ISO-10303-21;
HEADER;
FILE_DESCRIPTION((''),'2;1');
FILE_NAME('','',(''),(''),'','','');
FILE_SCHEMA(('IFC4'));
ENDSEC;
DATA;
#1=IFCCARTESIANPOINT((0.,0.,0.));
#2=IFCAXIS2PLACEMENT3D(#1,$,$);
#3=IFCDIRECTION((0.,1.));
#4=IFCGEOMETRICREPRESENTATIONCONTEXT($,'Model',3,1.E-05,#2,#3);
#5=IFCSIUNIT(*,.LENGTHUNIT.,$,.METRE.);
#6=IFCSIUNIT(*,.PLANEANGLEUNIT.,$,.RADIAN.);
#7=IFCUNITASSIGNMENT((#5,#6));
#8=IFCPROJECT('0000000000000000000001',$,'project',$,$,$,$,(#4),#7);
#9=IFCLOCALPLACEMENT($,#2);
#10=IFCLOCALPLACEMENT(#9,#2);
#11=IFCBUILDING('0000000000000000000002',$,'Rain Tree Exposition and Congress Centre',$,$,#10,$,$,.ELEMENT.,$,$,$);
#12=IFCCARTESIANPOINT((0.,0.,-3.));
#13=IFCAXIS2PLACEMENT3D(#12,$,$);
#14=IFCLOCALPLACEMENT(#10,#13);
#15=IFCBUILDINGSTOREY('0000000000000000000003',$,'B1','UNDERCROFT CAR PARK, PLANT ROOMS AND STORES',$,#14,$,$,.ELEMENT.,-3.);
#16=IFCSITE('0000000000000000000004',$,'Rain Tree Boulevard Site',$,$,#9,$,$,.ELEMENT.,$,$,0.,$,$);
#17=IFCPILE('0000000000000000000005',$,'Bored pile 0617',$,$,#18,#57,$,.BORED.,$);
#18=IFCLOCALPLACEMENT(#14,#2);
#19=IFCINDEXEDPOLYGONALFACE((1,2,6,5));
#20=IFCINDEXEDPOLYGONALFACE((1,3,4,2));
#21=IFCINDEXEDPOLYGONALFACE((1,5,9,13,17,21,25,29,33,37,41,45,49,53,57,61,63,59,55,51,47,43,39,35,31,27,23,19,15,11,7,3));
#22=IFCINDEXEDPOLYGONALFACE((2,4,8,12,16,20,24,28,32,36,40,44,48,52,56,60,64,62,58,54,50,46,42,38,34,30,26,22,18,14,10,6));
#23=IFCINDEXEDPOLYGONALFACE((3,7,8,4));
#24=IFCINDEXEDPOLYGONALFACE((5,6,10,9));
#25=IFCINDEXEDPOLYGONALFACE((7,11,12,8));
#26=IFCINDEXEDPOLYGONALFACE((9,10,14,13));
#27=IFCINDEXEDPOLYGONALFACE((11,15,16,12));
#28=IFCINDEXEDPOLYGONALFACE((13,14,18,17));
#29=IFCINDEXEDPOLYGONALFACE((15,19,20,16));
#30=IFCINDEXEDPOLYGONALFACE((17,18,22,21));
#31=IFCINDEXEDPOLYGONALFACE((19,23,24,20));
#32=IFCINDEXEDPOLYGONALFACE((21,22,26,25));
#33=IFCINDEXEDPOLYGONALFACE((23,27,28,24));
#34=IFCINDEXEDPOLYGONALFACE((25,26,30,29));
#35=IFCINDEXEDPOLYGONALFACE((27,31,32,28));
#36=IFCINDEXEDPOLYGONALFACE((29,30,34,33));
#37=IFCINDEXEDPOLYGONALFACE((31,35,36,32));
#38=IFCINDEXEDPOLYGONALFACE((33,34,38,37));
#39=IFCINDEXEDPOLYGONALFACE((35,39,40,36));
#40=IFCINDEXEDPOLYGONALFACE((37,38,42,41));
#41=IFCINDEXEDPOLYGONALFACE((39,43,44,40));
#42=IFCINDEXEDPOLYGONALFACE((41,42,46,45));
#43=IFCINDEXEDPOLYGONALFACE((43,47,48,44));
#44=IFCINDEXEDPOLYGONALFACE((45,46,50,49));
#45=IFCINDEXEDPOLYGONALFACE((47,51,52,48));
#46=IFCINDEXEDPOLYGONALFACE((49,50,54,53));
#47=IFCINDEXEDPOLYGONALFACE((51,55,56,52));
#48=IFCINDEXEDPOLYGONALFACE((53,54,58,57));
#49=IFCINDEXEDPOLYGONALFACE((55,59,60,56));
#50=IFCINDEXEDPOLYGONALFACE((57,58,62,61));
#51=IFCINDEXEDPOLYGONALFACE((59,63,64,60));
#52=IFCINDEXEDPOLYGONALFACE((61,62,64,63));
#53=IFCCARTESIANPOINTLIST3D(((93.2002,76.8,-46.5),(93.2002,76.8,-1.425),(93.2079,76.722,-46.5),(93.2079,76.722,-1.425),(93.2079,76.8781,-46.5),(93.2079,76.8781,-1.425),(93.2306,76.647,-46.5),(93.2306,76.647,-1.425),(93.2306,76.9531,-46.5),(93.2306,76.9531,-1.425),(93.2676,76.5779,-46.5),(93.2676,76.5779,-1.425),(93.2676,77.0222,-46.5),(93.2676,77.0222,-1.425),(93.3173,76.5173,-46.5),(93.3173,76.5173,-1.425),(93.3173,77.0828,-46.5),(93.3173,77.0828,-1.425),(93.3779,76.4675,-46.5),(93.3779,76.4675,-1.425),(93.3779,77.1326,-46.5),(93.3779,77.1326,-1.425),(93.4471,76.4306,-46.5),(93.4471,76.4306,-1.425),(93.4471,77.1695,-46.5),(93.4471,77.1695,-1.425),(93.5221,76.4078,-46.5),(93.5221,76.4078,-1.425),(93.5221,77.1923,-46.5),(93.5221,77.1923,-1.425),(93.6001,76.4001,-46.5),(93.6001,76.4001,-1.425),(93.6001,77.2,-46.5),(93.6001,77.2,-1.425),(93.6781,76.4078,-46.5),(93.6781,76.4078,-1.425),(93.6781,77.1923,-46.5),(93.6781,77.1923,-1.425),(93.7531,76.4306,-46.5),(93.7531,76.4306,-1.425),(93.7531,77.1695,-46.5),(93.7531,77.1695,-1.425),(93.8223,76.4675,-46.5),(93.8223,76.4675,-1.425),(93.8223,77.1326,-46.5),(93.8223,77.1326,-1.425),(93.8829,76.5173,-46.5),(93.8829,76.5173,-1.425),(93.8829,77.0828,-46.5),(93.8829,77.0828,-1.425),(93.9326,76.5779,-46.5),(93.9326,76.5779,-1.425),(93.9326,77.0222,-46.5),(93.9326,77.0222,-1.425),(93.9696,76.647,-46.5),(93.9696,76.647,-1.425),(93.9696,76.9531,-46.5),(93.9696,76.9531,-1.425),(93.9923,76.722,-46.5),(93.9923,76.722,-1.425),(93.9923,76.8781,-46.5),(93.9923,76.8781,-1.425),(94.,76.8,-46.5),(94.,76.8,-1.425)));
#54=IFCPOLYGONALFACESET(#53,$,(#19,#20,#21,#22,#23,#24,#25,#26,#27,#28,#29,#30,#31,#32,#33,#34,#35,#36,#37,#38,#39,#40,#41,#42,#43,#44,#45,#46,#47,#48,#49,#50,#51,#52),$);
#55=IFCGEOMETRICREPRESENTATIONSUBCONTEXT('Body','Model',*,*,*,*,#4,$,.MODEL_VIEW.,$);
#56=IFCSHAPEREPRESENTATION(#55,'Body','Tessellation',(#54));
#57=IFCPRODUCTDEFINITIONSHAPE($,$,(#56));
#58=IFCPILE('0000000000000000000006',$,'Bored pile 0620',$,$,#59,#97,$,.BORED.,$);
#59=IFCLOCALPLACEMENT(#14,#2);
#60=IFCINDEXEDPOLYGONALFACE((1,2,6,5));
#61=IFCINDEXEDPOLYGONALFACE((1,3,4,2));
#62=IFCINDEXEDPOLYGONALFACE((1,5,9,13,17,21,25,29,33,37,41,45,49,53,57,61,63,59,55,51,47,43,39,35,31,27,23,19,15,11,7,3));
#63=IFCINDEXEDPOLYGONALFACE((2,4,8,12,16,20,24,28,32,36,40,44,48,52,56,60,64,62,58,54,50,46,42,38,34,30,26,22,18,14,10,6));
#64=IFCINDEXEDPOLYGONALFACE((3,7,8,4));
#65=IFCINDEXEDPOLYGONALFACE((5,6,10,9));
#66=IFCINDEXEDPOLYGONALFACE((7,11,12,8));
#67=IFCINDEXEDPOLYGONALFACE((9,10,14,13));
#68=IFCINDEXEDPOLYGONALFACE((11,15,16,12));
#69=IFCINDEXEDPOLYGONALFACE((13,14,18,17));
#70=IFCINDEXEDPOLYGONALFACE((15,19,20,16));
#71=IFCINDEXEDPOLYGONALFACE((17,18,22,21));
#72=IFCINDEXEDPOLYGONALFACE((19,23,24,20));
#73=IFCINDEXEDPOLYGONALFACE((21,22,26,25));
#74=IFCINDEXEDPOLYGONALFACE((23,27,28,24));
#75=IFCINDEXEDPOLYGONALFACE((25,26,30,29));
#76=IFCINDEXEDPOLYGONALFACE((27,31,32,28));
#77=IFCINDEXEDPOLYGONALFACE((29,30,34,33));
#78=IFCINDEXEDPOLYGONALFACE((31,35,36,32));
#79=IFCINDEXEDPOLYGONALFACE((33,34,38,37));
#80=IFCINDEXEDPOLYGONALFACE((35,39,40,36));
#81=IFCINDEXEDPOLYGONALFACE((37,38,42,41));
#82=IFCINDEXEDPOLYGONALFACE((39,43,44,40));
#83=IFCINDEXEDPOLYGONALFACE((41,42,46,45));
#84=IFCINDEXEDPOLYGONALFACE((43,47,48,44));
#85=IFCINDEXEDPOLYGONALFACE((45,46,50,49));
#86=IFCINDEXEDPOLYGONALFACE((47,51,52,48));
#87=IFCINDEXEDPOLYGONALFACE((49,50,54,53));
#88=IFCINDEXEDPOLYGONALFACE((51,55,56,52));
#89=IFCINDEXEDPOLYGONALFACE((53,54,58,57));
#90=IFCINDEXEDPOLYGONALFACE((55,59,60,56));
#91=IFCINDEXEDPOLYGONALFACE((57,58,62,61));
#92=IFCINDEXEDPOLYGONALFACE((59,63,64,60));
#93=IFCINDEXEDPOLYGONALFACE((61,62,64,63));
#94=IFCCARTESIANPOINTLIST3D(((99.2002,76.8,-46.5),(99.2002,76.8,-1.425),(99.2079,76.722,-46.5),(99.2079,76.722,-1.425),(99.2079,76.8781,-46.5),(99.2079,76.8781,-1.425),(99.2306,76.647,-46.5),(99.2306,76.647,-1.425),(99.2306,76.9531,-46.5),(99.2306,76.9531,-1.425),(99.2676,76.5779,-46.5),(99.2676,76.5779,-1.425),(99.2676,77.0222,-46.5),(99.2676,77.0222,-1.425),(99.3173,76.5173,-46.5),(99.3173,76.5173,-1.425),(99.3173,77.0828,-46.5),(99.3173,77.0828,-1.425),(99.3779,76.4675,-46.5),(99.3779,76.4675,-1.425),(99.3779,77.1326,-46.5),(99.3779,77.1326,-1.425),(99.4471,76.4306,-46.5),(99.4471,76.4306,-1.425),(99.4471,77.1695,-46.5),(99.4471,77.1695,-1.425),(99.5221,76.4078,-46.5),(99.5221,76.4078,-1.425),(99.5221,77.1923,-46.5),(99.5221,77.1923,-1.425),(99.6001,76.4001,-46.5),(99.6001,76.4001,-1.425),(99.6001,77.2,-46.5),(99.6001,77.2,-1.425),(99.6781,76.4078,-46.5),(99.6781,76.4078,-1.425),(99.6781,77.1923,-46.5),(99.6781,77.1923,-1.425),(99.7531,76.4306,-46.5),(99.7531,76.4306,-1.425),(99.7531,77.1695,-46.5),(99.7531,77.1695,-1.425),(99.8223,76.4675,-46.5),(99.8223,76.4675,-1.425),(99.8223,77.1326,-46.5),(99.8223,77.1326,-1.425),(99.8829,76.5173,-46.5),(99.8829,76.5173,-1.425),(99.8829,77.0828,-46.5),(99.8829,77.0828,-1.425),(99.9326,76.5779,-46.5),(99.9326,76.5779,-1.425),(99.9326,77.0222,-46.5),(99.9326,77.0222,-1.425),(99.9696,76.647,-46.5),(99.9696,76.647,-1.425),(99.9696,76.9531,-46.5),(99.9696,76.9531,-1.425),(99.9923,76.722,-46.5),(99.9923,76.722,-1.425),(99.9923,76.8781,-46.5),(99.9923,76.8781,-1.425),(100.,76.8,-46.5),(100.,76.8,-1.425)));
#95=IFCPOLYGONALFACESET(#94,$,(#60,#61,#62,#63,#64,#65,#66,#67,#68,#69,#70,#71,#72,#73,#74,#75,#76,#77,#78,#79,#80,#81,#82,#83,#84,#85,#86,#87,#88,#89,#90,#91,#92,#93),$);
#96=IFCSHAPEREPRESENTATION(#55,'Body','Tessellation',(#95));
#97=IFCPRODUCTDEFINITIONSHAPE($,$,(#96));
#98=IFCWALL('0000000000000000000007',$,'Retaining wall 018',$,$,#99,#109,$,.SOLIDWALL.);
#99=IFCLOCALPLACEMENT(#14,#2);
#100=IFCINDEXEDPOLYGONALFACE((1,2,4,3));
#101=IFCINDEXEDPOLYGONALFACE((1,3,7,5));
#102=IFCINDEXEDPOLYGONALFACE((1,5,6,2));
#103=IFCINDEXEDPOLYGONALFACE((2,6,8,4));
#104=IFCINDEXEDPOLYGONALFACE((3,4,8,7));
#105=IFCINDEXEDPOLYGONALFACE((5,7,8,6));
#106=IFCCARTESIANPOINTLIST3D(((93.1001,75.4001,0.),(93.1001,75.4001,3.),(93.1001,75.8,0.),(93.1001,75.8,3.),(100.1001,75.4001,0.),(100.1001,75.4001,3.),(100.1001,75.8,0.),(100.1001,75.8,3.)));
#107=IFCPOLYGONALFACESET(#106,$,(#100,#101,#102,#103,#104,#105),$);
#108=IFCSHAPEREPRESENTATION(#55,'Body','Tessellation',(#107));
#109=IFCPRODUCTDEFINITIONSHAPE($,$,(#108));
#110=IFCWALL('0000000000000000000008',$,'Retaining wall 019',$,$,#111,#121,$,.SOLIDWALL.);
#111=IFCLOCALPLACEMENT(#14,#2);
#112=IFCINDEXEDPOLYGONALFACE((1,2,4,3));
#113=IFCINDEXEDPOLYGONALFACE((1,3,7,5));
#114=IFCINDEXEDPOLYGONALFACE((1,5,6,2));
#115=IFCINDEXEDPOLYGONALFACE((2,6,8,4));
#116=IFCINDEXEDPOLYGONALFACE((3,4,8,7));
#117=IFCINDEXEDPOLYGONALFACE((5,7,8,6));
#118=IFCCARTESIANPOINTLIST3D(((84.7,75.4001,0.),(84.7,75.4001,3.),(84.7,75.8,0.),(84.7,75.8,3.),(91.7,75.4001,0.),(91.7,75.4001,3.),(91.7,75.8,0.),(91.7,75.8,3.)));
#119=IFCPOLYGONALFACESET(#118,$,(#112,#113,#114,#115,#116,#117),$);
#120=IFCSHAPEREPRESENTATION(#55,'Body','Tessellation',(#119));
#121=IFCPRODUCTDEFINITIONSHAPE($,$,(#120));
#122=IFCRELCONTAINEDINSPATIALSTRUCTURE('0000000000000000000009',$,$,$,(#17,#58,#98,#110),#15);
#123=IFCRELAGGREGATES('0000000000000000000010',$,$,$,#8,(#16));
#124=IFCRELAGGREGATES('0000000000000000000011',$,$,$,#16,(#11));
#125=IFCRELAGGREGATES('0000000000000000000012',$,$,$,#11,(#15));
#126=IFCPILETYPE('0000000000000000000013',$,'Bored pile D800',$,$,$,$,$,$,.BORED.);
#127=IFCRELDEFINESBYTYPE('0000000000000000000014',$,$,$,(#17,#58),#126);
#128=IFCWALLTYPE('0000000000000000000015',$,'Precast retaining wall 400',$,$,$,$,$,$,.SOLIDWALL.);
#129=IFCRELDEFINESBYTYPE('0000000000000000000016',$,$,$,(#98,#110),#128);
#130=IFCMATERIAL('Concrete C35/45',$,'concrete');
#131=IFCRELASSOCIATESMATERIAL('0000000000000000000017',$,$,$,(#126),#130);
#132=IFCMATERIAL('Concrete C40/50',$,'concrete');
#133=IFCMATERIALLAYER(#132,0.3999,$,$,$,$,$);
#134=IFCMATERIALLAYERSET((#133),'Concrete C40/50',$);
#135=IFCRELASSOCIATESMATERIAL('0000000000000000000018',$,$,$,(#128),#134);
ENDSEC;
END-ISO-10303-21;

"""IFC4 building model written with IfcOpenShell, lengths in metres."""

from ifc_helpers import new_model, si_unit, direction, frame, frame_2d, origin, origin_2d, place, context, subcontext, project, spatial, rectangle, circle, extrude, material, layer, layer_set, material_profile, profile_set, type_object, element, save


model = new_model("IFC4")

# Units and contexts
model_context = context("Model", 3, precision=1e-05, world=origin(), true_north=direction((0.0, 1.0)))
body_context = subcontext(model_context, "Body", "Model", "MODEL_VIEW")
ifc_project = project(units=[si_unit("LENGTHUNIT", "METRE"), si_unit("PLANEANGLEUNIT", "RADIAN")], contexts=[model_context])

# Site, building, storey
site_placement = place(None, origin())
site = spatial("IfcSite", under=ifc_project, at=site_placement, Name="Rain Tree Boulevard Site", CompositionType="ELEMENT", RefElevation=0.0)
building_placement = place(site_placement, origin())
building = spatial("IfcBuilding", under=site, at=building_placement, Name="Rain Tree Exposition and Congress Centre", CompositionType="ELEMENT")
storey_placement = place(building_placement, frame((0.0, 0.0, -3.0)))
storey = spatial("IfcBuildingStorey", under=building, at=storey_placement, Name="B1", Description="UNDERCROFT CAR PARK, PLANT ROOMS AND STORES", CompositionType="ELEMENT", Elevation=-3.0)

# Piles
ifc_material_1 = material(Name="Concrete C35/45", Category="concrete")
ifc_material_profile_1 = material_profile(ifc_material_1, circle(Radius=0.3999, at=origin_2d()), Name="D800")
ifc_profile_set_1 = profile_set([ifc_material_profile_1], Name="Concrete C35/45")
pile_type_1 = type_object("IfcPileType", Name="Bored pile D800", PredefinedType="BORED", material=ifc_profile_set_1)
for number, where, z_axis, x_axis, name in (
    (1, (93.6001, 76.8, -1.425), (0.0, 0.0, -1.0), (1.0, 0.0, 0.0), "Bored pile 0617"),
    (2, (99.6001, 76.8, -1.425), (0.0, 0.0, -1.0), (1.0, 0.0, 0.0), "Bored pile 0620"),
):
    element("IfcPile", number, at=place(storey_placement, frame(where, z_axis=z_axis, x_axis=x_axis)), inside=storey, type_object=pile_type_1, Name=name, PredefinedType="BORED", context=body_context, shape_type="SweptSolid", body=[
        extrude(circle(Radius=0.3999, at=origin_2d()), origin(), (0.0, 0.0, 1.0), 45.075),
    ])

# Walls
ifc_material_2 = material(Name="Concrete C40/50", Category="concrete")
ifc_layer = layer(ifc_material_2, 0.3999)
ifc_layer_set = layer_set([ifc_layer], Name="Concrete C40/50")
wall_type = type_object("IfcWallType", Name="Precast retaining wall 400", PredefinedType="SOLIDWALL", material=ifc_layer_set)
for number, where, z_axis, x_axis, name in (
    (3, (100.1001, 75.6001, 0.0), (0.0, 0.0, 1.0), (-1.0, 0.0, 0.0), "Retaining wall 018"),
    (4, (91.7, 75.6001, 0.0), (0.0, 0.0, 1.0), (-1.0, 0.0, 0.0), "Retaining wall 019"),
):
    element("IfcWall", number, at=place(storey_placement, frame(where, z_axis=z_axis, x_axis=x_axis)), inside=storey, type_object=wall_type, Name=name, PredefinedType="SOLIDWALL", context=body_context, shape_type="SweptSolid", body=[
        extrude(rectangle(XDim=7.0, YDim=0.3999, at=frame_2d((3.5, 0.0))), origin(), (0.0, 0.0, 1.0), 3.0),
    ])

save(model, "model.ifc")
